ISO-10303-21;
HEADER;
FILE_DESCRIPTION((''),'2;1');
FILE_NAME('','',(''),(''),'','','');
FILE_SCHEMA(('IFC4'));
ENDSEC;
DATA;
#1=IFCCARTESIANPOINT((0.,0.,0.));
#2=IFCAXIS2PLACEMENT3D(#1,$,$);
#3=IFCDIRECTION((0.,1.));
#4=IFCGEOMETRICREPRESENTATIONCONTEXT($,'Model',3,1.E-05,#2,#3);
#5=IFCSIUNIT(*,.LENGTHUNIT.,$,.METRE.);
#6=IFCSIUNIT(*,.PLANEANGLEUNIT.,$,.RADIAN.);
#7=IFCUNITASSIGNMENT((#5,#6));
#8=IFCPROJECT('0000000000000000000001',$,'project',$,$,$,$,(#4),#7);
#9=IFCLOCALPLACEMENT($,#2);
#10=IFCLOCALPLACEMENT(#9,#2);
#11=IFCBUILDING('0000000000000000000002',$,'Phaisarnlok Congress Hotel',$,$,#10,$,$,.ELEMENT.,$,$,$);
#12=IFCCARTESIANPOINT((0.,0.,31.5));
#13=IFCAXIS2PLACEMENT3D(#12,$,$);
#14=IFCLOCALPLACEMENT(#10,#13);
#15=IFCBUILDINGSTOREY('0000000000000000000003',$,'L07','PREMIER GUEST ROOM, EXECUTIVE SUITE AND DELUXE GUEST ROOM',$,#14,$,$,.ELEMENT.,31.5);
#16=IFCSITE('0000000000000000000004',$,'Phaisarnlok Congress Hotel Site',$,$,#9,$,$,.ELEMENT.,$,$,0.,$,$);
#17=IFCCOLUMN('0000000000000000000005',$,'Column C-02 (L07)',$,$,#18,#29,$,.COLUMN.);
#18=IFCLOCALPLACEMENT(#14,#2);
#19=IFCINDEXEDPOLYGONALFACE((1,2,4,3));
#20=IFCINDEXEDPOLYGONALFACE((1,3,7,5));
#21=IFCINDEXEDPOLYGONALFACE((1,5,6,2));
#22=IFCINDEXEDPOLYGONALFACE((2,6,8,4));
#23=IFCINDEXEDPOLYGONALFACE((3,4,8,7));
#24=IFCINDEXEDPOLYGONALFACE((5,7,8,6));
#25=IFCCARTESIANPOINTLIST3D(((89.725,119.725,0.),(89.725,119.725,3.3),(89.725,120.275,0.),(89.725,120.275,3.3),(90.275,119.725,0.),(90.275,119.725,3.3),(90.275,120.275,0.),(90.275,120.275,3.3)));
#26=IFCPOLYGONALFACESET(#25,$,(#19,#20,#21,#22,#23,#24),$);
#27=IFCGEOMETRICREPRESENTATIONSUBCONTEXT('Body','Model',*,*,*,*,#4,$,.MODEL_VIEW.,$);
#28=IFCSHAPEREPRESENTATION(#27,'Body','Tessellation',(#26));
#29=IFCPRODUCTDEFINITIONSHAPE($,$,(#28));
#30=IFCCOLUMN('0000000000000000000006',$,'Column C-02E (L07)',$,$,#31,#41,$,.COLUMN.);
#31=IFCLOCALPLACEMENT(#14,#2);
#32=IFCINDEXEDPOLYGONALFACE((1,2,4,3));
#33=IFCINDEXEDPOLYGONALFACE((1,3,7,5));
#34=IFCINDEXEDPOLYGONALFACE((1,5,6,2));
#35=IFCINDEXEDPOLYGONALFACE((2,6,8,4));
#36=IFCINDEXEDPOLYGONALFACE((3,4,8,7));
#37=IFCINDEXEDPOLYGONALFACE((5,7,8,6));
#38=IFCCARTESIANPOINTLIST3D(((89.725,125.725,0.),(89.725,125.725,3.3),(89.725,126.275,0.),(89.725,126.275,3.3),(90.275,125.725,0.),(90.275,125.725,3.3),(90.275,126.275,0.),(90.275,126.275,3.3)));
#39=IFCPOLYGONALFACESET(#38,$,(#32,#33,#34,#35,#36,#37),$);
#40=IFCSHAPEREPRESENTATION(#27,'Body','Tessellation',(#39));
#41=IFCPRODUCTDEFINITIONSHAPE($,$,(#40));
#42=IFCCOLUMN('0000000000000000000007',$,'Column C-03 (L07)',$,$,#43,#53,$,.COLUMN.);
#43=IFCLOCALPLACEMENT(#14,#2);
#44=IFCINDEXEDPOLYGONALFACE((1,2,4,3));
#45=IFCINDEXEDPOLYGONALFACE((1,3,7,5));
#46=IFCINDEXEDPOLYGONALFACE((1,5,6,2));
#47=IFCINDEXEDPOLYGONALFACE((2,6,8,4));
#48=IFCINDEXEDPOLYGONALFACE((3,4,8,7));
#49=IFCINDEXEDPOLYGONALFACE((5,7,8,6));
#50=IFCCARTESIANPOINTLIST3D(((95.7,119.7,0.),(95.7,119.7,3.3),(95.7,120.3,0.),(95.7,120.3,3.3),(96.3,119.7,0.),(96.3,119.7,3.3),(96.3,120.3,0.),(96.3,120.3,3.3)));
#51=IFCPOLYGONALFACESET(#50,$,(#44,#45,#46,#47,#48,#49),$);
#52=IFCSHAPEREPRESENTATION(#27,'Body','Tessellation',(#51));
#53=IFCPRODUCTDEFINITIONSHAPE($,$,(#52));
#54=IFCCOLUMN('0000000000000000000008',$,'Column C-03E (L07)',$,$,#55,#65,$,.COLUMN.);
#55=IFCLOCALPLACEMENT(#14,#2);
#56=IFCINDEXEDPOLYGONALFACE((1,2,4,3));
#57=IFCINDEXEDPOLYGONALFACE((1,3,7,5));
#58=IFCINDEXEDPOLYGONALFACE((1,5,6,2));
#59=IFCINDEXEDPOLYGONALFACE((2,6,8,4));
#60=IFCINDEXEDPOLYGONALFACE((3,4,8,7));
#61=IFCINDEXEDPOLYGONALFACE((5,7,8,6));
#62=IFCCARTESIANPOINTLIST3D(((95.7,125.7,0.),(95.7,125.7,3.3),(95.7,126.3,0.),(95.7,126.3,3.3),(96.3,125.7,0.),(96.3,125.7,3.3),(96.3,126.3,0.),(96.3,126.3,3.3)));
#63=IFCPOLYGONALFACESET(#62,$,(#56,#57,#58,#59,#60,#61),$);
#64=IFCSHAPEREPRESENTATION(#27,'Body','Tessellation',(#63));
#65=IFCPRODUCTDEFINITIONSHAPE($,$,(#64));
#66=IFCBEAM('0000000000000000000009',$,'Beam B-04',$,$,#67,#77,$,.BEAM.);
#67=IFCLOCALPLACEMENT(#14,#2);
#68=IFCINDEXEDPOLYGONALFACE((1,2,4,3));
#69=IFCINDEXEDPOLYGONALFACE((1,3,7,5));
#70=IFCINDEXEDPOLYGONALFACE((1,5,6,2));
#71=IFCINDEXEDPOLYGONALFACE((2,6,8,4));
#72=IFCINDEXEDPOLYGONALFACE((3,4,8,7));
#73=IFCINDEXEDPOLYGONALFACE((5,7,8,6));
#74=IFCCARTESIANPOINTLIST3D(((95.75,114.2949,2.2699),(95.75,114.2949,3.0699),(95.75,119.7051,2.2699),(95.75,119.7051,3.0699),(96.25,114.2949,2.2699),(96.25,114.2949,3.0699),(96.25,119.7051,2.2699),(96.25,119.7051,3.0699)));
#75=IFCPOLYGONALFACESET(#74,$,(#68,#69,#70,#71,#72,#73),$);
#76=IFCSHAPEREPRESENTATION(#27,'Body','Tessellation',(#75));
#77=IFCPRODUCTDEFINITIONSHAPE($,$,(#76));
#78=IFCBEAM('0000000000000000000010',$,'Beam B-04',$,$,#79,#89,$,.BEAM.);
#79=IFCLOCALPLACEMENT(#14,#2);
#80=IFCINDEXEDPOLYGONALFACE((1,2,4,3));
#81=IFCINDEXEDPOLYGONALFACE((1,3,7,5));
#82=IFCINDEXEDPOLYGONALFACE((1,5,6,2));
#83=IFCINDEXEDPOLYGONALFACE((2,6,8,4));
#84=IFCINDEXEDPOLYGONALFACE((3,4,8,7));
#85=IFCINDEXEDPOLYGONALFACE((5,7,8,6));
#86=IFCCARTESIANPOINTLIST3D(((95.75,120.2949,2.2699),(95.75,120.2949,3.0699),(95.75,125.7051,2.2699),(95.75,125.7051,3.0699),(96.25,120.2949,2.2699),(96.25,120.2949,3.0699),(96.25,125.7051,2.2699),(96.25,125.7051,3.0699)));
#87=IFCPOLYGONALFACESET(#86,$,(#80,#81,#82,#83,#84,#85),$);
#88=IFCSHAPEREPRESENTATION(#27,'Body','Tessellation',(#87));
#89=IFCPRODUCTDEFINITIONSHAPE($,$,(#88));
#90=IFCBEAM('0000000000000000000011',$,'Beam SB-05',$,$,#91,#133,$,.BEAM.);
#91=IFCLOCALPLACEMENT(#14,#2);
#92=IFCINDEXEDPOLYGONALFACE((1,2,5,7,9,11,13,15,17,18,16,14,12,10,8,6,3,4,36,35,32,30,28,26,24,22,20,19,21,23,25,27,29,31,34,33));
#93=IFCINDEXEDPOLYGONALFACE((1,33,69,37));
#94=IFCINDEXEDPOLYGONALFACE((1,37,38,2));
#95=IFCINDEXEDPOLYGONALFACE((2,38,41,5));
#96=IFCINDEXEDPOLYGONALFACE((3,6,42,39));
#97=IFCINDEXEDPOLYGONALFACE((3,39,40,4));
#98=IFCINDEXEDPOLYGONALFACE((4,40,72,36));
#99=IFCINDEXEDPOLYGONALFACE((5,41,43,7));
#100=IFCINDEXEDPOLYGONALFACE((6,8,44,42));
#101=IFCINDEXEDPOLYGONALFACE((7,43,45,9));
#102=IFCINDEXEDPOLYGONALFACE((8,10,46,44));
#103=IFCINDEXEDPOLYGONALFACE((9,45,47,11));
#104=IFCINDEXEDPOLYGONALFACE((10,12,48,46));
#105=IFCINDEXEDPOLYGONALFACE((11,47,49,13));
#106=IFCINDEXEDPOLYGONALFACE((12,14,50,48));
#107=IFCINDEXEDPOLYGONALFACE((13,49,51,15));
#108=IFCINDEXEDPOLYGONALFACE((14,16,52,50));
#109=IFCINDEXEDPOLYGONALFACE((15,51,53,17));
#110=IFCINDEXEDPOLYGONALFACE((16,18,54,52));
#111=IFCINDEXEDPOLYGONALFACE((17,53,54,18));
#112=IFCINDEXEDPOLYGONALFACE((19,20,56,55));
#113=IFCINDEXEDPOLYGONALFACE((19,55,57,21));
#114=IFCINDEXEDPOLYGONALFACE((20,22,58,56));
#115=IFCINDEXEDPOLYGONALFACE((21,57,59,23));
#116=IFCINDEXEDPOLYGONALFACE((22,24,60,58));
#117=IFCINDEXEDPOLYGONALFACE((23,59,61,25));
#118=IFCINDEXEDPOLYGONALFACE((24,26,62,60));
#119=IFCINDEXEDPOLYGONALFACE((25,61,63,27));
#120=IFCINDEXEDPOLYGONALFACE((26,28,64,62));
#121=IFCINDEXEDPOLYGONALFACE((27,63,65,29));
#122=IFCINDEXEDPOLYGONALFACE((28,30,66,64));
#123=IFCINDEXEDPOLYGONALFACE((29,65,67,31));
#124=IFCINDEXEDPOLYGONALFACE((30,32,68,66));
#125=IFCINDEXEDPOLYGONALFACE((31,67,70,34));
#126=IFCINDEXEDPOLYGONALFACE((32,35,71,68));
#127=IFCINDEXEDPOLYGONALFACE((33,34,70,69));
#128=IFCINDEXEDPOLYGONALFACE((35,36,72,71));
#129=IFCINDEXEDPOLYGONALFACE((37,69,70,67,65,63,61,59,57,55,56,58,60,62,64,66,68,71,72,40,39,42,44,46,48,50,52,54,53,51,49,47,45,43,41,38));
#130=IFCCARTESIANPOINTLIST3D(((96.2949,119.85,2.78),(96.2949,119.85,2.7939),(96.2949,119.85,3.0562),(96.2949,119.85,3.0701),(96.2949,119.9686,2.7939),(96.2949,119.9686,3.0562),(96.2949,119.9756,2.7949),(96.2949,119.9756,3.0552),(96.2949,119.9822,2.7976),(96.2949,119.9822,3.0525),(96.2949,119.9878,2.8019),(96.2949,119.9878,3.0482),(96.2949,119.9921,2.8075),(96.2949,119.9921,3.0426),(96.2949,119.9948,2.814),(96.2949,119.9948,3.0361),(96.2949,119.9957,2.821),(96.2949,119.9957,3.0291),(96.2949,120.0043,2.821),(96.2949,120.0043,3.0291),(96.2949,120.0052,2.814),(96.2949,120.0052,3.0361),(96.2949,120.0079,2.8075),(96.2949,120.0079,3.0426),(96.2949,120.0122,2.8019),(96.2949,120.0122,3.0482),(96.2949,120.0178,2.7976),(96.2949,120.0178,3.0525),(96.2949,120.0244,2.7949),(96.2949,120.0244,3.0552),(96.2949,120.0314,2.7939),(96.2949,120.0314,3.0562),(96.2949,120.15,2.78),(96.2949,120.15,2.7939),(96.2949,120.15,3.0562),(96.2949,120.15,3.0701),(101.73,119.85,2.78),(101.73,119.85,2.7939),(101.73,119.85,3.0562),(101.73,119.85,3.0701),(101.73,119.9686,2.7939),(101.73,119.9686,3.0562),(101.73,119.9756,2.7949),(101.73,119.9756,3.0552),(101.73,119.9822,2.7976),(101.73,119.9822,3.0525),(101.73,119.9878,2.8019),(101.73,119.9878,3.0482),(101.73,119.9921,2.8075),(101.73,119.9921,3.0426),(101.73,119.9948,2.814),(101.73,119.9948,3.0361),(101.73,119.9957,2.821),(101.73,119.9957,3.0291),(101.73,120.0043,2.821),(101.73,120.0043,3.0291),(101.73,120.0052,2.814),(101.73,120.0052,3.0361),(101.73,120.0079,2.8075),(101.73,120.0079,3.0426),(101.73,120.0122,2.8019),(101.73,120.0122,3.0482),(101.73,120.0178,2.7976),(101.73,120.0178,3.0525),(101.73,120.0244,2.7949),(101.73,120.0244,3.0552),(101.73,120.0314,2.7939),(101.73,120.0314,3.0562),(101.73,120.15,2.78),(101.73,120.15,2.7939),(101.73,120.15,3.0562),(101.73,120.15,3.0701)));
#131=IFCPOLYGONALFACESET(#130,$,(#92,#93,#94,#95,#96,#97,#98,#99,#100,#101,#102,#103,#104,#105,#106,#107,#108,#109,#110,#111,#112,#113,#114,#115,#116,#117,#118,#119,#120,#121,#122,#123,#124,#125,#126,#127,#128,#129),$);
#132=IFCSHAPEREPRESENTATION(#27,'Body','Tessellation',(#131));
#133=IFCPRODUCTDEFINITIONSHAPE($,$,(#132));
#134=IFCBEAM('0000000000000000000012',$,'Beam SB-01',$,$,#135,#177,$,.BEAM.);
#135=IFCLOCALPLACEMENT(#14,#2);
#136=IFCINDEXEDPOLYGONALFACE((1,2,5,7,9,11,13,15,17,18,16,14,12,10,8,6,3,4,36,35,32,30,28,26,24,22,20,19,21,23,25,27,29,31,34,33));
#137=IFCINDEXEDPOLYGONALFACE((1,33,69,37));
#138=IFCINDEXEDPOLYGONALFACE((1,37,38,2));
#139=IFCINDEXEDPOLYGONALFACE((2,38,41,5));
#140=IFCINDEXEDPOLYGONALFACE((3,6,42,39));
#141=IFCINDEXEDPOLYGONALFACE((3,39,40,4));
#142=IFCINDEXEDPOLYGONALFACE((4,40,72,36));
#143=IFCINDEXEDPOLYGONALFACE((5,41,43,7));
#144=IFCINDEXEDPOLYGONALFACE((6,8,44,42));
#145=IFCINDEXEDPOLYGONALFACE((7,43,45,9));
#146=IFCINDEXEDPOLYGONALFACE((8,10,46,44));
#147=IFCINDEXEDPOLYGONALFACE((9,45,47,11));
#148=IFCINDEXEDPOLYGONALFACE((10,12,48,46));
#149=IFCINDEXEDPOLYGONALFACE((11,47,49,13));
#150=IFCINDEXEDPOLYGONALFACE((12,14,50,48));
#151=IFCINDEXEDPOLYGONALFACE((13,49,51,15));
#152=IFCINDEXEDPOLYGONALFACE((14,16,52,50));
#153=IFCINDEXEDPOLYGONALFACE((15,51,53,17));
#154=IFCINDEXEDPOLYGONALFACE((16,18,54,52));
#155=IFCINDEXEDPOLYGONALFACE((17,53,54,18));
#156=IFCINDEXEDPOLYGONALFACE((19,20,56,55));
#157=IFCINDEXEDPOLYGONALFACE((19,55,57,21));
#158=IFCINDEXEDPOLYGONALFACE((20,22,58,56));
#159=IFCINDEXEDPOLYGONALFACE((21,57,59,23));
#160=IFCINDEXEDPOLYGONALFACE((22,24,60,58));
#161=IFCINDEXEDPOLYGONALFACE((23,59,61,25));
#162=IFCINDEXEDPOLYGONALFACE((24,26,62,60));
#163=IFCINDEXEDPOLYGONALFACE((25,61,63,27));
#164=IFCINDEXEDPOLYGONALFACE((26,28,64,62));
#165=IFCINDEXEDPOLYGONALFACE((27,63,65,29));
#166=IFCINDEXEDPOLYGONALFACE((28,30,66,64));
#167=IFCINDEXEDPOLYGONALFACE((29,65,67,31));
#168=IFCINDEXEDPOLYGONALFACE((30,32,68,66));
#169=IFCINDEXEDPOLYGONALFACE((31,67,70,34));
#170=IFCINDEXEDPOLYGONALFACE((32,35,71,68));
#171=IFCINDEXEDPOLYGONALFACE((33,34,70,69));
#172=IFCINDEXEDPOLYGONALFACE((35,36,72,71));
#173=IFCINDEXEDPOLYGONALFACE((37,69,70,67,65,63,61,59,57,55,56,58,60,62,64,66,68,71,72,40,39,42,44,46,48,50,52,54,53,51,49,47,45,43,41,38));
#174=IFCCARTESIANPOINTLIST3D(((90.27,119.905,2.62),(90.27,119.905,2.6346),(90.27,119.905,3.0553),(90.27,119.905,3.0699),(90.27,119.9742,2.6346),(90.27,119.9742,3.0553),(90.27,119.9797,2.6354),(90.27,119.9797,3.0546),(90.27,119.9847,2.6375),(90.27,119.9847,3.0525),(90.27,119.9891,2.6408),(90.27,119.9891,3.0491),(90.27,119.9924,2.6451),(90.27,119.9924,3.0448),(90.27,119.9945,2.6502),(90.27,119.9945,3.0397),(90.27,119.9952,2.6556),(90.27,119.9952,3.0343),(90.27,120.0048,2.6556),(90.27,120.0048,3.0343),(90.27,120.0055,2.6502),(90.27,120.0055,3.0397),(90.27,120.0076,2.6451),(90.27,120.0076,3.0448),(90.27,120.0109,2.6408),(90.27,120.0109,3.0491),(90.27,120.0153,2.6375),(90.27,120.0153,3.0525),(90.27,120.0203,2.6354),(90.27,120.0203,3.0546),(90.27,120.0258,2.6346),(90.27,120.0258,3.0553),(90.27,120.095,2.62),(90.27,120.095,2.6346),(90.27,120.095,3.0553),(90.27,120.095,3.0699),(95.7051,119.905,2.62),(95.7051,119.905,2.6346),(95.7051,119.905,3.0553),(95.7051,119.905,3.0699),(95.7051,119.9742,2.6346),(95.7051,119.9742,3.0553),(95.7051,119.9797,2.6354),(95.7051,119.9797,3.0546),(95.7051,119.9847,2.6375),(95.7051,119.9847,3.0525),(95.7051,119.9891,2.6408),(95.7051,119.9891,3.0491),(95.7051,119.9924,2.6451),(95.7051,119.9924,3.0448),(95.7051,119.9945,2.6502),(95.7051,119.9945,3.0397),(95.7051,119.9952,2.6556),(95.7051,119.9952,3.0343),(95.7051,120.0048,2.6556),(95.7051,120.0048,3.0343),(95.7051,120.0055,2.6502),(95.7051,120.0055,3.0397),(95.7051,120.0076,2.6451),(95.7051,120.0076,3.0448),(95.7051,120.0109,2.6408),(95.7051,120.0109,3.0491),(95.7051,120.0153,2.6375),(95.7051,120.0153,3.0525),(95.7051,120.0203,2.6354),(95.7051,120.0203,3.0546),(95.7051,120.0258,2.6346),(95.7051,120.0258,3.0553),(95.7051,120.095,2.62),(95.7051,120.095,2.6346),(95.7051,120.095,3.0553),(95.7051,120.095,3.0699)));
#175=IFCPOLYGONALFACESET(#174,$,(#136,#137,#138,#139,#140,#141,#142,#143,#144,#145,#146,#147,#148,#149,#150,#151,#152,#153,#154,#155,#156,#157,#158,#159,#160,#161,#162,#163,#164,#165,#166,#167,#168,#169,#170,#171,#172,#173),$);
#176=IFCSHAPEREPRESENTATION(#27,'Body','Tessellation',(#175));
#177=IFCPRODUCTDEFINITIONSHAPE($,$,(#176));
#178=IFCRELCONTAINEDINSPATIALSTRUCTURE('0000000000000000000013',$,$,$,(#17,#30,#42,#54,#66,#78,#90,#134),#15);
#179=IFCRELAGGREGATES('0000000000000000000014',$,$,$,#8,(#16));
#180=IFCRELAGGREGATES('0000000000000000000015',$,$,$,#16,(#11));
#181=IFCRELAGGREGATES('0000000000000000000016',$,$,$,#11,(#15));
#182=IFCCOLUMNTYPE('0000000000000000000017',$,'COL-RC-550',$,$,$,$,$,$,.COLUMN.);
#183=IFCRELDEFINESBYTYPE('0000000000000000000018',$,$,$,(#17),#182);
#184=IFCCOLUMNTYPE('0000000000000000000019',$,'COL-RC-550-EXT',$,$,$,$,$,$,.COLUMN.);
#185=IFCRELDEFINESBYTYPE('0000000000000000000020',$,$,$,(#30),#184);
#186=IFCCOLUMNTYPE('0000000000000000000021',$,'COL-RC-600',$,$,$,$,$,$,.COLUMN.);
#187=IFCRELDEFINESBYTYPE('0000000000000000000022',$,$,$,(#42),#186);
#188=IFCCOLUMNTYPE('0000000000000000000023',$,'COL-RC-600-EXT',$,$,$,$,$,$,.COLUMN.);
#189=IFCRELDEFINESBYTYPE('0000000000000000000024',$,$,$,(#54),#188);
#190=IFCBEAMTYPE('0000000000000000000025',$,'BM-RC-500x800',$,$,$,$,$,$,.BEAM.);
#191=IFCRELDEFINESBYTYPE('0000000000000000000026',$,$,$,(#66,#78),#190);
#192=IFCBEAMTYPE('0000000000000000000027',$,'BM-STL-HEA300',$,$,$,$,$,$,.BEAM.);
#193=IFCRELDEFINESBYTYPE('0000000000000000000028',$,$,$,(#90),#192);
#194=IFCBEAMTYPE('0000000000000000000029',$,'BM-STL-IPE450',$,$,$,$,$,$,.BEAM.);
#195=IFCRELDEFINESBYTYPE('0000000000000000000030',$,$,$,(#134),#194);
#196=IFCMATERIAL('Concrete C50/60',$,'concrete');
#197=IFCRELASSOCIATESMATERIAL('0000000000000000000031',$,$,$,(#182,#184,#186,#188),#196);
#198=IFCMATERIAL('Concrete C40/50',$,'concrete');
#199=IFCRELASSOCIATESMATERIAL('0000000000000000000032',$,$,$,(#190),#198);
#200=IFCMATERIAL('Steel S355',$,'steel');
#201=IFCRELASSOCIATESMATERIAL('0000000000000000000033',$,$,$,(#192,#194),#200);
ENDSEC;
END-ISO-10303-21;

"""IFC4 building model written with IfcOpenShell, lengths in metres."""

from ifc_helpers import new_model, si_unit, direction, frame, origin, origin_2d, place, context, subcontext, project, spatial, rectangle, i_section, extrude, material, material_profile, profile_set, type_object, element, save


model = new_model("IFC4")

# Units and contexts
model_context = context("Model", 3, precision=1e-05, world=origin(), true_north=direction((0.0, 1.0)))
body_context = subcontext(model_context, "Body", "Model", "MODEL_VIEW")
ifc_project = project(units=[si_unit("LENGTHUNIT", "METRE"), si_unit("PLANEANGLEUNIT", "RADIAN")], contexts=[model_context])

# Site, building, storey
site_placement = place(None, origin())
site = spatial("IfcSite", under=ifc_project, at=site_placement, Name="Phaisarnlok Congress Hotel Site", CompositionType="ELEMENT", RefElevation=0.0)
building_placement = place(site_placement, origin())
building = spatial("IfcBuilding", under=site, at=building_placement, Name="Phaisarnlok Congress Hotel", CompositionType="ELEMENT")
storey_placement = place(building_placement, frame((0.0, 0.0, 31.5)))
storey = spatial("IfcBuildingStorey", under=building, at=storey_placement, Name="L07", Description="PREMIER GUEST ROOM, EXECUTIVE SUITE AND DELUXE GUEST ROOM", CompositionType="ELEMENT", Elevation=31.5)

# Columns
ifc_material_1 = material(Name="Concrete C50/60", Category="concrete")
ifc_material_profile_1 = material_profile(ifc_material_1, rectangle(XDim=0.55, YDim=0.55, at=origin_2d()), Name="RC 550x550")
ifc_profile_set_1 = profile_set([ifc_material_profile_1], Name="Concrete C50/60")
column_type_1 = type_object("IfcColumnType", Name="COL-RC-550", PredefinedType="COLUMN", material=ifc_profile_set_1)
column_1_placement = place(storey_placement, frame((90.0, 120.0, 0.0), z_axis=(0.0, 0.0, 1.0), x_axis=(1.0, 0.0, 0.0)))
element("IfcColumn", 1, at=column_1_placement, inside=storey, type_object=column_type_1, Name="Column C-02 (L07)", PredefinedType="COLUMN", context=body_context, shape_type="SweptSolid", body=[
    extrude(rectangle(XDim=0.55, YDim=0.55, at=origin_2d()), origin(), (0.0, 0.0, 1.0), 3.3),
])
ifc_material_profile_2 = material_profile(ifc_material_1, rectangle(XDim=0.55, YDim=0.55, at=origin_2d()), Name="RC 550x550")
ifc_profile_set_2 = profile_set([ifc_material_profile_2], Name="Concrete C50/60")
column_type_2 = type_object("IfcColumnType", Name="COL-RC-550-EXT", PredefinedType="COLUMN", material=ifc_profile_set_2)
column_2_placement = place(storey_placement, frame((90.0, 126.0, 0.0), z_axis=(0.0, 0.0, 1.0), x_axis=(1.0, 0.0, 0.0)))
element("IfcColumn", 2, at=column_2_placement, inside=storey, type_object=column_type_2, Name="Column C-02E (L07)", PredefinedType="COLUMN", context=body_context, shape_type="SweptSolid", body=[
    extrude(rectangle(XDim=0.55, YDim=0.55, at=origin_2d()), origin(), (0.0, 0.0, 1.0), 3.3),
])
ifc_material_profile_3 = material_profile(ifc_material_1, rectangle(XDim=0.6001, YDim=0.6001, at=origin_2d()), Name="RC 600x600")
ifc_profile_set_3 = profile_set([ifc_material_profile_3], Name="Concrete C50/60")
column_type_3 = type_object("IfcColumnType", Name="COL-RC-600", PredefinedType="COLUMN", material=ifc_profile_set_3)
column_3_placement = place(storey_placement, frame((96.0, 120.0, 0.0), z_axis=(0.0, 0.0, 1.0), x_axis=(1.0, 0.0, 0.0)))
element("IfcColumn", 3, at=column_3_placement, inside=storey, type_object=column_type_3, Name="Column C-03 (L07)", PredefinedType="COLUMN", context=body_context, shape_type="SweptSolid", body=[
    extrude(rectangle(XDim=0.6001, YDim=0.6001, at=origin_2d()), origin(), (0.0, 0.0, 1.0), 3.3),
])
ifc_material_profile_4 = material_profile(ifc_material_1, rectangle(XDim=0.6001, YDim=0.6001, at=origin_2d()), Name="RC 600x600")
ifc_profile_set_4 = profile_set([ifc_material_profile_4], Name="Concrete C50/60")
column_type_4 = type_object("IfcColumnType", Name="COL-RC-600-EXT", PredefinedType="COLUMN", material=ifc_profile_set_4)
column_4_placement = place(storey_placement, frame((96.0, 126.0, 0.0), z_axis=(0.0, 0.0, 1.0), x_axis=(1.0, 0.0, 0.0)))
element("IfcColumn", 4, at=column_4_placement, inside=storey, type_object=column_type_4, Name="Column C-03E (L07)", PredefinedType="COLUMN", context=body_context, shape_type="SweptSolid", body=[
    extrude(rectangle(XDim=0.6001, YDim=0.6001, at=origin_2d()), origin(), (0.0, 0.0, 1.0), 3.3),
])

# Beams
ifc_material_2 = material(Name="Concrete C40/50", Category="concrete")
ifc_material_profile_5 = material_profile(ifc_material_2, rectangle(XDim=0.5, YDim=0.8, at=origin_2d()), Name="RC 500x800")
ifc_profile_set_5 = profile_set([ifc_material_profile_5], Name="Concrete C40/50")
beam_type_1 = type_object("IfcBeamType", Name="BM-RC-500x800", PredefinedType="BEAM", material=ifc_profile_set_5)
for number, where, z_axis, x_axis, name in (
    (5, (96.0, 114.2949, 2.6699), (0.0, 1.0, 0.0), (-1.0, 0.0, 0.0), "Beam B-04"),
    (6, (96.0, 120.2949, 2.6699), (0.0, 1.0, 0.0), (-1.0, 0.0, 0.0), "Beam B-04"),
):
    element("IfcBeam", number, at=place(storey_placement, frame(where, z_axis=z_axis, x_axis=x_axis)), inside=storey, type_object=beam_type_1, Name=name, PredefinedType="BEAM", context=body_context, shape_type="SweptSolid", body=[
        extrude(rectangle(XDim=0.5, YDim=0.8, at=origin_2d()), origin(), (0.0, 0.0, 1.0), 5.4102),
    ])
ifc_material_3 = material(Name="Steel S355", Category="steel")
ifc_material_profile_6 = material_profile(ifc_material_3, i_section(OverallWidth=0.3, OverallDepth=0.29, WebThickness=0.0085, FlangeThickness=0.0139, FilletRadius=0.0271, at=origin_2d()), Name="HEA 300")
ifc_profile_set_6 = profile_set([ifc_material_profile_6], Name="Steel S355")
beam_type_2 = type_object("IfcBeamType", Name="BM-STL-HEA300", PredefinedType="BEAM", material=ifc_profile_set_6)
beam_1_placement = place(storey_placement, frame((96.2949, 120.0, 2.925), z_axis=(1.0, 0.0, 0.0), x_axis=(0.0, 1.0, 0.0)))
element("IfcBeam", 7, at=beam_1_placement, inside=storey, type_object=beam_type_2, Name="Beam SB-05", PredefinedType="BEAM", context=body_context, shape_type="SweptSolid", body=[
    extrude(i_section(OverallWidth=0.3, OverallDepth=0.29, WebThickness=0.0085, FlangeThickness=0.0139, FilletRadius=0.0271, at=origin_2d()), origin(), (0.0, 0.0, 1.0), 5.4351),
])
ifc_material_profile_7 = material_profile(ifc_material_3, i_section(OverallWidth=0.1899, OverallDepth=0.45, WebThickness=0.0095, FlangeThickness=0.0146, FilletRadius=0.021, at=origin_2d()), Name="IPE 450")
ifc_profile_set_7 = profile_set([ifc_material_profile_7], Name="Steel S355")
beam_type_3 = type_object("IfcBeamType", Name="BM-STL-IPE450", PredefinedType="BEAM", material=ifc_profile_set_7)
beam_2_placement = place(storey_placement, frame((90.27, 120.0, 2.845), z_axis=(1.0, 0.0, 0.0), x_axis=(0.0, 1.0, 0.0)))
element("IfcBeam", 8, at=beam_2_placement, inside=storey, type_object=beam_type_3, Name="Beam SB-01", PredefinedType="BEAM", context=body_context, shape_type="SweptSolid", body=[
    extrude(i_section(OverallWidth=0.1899, OverallDepth=0.45, WebThickness=0.0095, FlangeThickness=0.0146, FilletRadius=0.021, at=origin_2d()), origin(), (0.0, 0.0, 1.0), 5.4351),
])

save(model, "model.ifc")
